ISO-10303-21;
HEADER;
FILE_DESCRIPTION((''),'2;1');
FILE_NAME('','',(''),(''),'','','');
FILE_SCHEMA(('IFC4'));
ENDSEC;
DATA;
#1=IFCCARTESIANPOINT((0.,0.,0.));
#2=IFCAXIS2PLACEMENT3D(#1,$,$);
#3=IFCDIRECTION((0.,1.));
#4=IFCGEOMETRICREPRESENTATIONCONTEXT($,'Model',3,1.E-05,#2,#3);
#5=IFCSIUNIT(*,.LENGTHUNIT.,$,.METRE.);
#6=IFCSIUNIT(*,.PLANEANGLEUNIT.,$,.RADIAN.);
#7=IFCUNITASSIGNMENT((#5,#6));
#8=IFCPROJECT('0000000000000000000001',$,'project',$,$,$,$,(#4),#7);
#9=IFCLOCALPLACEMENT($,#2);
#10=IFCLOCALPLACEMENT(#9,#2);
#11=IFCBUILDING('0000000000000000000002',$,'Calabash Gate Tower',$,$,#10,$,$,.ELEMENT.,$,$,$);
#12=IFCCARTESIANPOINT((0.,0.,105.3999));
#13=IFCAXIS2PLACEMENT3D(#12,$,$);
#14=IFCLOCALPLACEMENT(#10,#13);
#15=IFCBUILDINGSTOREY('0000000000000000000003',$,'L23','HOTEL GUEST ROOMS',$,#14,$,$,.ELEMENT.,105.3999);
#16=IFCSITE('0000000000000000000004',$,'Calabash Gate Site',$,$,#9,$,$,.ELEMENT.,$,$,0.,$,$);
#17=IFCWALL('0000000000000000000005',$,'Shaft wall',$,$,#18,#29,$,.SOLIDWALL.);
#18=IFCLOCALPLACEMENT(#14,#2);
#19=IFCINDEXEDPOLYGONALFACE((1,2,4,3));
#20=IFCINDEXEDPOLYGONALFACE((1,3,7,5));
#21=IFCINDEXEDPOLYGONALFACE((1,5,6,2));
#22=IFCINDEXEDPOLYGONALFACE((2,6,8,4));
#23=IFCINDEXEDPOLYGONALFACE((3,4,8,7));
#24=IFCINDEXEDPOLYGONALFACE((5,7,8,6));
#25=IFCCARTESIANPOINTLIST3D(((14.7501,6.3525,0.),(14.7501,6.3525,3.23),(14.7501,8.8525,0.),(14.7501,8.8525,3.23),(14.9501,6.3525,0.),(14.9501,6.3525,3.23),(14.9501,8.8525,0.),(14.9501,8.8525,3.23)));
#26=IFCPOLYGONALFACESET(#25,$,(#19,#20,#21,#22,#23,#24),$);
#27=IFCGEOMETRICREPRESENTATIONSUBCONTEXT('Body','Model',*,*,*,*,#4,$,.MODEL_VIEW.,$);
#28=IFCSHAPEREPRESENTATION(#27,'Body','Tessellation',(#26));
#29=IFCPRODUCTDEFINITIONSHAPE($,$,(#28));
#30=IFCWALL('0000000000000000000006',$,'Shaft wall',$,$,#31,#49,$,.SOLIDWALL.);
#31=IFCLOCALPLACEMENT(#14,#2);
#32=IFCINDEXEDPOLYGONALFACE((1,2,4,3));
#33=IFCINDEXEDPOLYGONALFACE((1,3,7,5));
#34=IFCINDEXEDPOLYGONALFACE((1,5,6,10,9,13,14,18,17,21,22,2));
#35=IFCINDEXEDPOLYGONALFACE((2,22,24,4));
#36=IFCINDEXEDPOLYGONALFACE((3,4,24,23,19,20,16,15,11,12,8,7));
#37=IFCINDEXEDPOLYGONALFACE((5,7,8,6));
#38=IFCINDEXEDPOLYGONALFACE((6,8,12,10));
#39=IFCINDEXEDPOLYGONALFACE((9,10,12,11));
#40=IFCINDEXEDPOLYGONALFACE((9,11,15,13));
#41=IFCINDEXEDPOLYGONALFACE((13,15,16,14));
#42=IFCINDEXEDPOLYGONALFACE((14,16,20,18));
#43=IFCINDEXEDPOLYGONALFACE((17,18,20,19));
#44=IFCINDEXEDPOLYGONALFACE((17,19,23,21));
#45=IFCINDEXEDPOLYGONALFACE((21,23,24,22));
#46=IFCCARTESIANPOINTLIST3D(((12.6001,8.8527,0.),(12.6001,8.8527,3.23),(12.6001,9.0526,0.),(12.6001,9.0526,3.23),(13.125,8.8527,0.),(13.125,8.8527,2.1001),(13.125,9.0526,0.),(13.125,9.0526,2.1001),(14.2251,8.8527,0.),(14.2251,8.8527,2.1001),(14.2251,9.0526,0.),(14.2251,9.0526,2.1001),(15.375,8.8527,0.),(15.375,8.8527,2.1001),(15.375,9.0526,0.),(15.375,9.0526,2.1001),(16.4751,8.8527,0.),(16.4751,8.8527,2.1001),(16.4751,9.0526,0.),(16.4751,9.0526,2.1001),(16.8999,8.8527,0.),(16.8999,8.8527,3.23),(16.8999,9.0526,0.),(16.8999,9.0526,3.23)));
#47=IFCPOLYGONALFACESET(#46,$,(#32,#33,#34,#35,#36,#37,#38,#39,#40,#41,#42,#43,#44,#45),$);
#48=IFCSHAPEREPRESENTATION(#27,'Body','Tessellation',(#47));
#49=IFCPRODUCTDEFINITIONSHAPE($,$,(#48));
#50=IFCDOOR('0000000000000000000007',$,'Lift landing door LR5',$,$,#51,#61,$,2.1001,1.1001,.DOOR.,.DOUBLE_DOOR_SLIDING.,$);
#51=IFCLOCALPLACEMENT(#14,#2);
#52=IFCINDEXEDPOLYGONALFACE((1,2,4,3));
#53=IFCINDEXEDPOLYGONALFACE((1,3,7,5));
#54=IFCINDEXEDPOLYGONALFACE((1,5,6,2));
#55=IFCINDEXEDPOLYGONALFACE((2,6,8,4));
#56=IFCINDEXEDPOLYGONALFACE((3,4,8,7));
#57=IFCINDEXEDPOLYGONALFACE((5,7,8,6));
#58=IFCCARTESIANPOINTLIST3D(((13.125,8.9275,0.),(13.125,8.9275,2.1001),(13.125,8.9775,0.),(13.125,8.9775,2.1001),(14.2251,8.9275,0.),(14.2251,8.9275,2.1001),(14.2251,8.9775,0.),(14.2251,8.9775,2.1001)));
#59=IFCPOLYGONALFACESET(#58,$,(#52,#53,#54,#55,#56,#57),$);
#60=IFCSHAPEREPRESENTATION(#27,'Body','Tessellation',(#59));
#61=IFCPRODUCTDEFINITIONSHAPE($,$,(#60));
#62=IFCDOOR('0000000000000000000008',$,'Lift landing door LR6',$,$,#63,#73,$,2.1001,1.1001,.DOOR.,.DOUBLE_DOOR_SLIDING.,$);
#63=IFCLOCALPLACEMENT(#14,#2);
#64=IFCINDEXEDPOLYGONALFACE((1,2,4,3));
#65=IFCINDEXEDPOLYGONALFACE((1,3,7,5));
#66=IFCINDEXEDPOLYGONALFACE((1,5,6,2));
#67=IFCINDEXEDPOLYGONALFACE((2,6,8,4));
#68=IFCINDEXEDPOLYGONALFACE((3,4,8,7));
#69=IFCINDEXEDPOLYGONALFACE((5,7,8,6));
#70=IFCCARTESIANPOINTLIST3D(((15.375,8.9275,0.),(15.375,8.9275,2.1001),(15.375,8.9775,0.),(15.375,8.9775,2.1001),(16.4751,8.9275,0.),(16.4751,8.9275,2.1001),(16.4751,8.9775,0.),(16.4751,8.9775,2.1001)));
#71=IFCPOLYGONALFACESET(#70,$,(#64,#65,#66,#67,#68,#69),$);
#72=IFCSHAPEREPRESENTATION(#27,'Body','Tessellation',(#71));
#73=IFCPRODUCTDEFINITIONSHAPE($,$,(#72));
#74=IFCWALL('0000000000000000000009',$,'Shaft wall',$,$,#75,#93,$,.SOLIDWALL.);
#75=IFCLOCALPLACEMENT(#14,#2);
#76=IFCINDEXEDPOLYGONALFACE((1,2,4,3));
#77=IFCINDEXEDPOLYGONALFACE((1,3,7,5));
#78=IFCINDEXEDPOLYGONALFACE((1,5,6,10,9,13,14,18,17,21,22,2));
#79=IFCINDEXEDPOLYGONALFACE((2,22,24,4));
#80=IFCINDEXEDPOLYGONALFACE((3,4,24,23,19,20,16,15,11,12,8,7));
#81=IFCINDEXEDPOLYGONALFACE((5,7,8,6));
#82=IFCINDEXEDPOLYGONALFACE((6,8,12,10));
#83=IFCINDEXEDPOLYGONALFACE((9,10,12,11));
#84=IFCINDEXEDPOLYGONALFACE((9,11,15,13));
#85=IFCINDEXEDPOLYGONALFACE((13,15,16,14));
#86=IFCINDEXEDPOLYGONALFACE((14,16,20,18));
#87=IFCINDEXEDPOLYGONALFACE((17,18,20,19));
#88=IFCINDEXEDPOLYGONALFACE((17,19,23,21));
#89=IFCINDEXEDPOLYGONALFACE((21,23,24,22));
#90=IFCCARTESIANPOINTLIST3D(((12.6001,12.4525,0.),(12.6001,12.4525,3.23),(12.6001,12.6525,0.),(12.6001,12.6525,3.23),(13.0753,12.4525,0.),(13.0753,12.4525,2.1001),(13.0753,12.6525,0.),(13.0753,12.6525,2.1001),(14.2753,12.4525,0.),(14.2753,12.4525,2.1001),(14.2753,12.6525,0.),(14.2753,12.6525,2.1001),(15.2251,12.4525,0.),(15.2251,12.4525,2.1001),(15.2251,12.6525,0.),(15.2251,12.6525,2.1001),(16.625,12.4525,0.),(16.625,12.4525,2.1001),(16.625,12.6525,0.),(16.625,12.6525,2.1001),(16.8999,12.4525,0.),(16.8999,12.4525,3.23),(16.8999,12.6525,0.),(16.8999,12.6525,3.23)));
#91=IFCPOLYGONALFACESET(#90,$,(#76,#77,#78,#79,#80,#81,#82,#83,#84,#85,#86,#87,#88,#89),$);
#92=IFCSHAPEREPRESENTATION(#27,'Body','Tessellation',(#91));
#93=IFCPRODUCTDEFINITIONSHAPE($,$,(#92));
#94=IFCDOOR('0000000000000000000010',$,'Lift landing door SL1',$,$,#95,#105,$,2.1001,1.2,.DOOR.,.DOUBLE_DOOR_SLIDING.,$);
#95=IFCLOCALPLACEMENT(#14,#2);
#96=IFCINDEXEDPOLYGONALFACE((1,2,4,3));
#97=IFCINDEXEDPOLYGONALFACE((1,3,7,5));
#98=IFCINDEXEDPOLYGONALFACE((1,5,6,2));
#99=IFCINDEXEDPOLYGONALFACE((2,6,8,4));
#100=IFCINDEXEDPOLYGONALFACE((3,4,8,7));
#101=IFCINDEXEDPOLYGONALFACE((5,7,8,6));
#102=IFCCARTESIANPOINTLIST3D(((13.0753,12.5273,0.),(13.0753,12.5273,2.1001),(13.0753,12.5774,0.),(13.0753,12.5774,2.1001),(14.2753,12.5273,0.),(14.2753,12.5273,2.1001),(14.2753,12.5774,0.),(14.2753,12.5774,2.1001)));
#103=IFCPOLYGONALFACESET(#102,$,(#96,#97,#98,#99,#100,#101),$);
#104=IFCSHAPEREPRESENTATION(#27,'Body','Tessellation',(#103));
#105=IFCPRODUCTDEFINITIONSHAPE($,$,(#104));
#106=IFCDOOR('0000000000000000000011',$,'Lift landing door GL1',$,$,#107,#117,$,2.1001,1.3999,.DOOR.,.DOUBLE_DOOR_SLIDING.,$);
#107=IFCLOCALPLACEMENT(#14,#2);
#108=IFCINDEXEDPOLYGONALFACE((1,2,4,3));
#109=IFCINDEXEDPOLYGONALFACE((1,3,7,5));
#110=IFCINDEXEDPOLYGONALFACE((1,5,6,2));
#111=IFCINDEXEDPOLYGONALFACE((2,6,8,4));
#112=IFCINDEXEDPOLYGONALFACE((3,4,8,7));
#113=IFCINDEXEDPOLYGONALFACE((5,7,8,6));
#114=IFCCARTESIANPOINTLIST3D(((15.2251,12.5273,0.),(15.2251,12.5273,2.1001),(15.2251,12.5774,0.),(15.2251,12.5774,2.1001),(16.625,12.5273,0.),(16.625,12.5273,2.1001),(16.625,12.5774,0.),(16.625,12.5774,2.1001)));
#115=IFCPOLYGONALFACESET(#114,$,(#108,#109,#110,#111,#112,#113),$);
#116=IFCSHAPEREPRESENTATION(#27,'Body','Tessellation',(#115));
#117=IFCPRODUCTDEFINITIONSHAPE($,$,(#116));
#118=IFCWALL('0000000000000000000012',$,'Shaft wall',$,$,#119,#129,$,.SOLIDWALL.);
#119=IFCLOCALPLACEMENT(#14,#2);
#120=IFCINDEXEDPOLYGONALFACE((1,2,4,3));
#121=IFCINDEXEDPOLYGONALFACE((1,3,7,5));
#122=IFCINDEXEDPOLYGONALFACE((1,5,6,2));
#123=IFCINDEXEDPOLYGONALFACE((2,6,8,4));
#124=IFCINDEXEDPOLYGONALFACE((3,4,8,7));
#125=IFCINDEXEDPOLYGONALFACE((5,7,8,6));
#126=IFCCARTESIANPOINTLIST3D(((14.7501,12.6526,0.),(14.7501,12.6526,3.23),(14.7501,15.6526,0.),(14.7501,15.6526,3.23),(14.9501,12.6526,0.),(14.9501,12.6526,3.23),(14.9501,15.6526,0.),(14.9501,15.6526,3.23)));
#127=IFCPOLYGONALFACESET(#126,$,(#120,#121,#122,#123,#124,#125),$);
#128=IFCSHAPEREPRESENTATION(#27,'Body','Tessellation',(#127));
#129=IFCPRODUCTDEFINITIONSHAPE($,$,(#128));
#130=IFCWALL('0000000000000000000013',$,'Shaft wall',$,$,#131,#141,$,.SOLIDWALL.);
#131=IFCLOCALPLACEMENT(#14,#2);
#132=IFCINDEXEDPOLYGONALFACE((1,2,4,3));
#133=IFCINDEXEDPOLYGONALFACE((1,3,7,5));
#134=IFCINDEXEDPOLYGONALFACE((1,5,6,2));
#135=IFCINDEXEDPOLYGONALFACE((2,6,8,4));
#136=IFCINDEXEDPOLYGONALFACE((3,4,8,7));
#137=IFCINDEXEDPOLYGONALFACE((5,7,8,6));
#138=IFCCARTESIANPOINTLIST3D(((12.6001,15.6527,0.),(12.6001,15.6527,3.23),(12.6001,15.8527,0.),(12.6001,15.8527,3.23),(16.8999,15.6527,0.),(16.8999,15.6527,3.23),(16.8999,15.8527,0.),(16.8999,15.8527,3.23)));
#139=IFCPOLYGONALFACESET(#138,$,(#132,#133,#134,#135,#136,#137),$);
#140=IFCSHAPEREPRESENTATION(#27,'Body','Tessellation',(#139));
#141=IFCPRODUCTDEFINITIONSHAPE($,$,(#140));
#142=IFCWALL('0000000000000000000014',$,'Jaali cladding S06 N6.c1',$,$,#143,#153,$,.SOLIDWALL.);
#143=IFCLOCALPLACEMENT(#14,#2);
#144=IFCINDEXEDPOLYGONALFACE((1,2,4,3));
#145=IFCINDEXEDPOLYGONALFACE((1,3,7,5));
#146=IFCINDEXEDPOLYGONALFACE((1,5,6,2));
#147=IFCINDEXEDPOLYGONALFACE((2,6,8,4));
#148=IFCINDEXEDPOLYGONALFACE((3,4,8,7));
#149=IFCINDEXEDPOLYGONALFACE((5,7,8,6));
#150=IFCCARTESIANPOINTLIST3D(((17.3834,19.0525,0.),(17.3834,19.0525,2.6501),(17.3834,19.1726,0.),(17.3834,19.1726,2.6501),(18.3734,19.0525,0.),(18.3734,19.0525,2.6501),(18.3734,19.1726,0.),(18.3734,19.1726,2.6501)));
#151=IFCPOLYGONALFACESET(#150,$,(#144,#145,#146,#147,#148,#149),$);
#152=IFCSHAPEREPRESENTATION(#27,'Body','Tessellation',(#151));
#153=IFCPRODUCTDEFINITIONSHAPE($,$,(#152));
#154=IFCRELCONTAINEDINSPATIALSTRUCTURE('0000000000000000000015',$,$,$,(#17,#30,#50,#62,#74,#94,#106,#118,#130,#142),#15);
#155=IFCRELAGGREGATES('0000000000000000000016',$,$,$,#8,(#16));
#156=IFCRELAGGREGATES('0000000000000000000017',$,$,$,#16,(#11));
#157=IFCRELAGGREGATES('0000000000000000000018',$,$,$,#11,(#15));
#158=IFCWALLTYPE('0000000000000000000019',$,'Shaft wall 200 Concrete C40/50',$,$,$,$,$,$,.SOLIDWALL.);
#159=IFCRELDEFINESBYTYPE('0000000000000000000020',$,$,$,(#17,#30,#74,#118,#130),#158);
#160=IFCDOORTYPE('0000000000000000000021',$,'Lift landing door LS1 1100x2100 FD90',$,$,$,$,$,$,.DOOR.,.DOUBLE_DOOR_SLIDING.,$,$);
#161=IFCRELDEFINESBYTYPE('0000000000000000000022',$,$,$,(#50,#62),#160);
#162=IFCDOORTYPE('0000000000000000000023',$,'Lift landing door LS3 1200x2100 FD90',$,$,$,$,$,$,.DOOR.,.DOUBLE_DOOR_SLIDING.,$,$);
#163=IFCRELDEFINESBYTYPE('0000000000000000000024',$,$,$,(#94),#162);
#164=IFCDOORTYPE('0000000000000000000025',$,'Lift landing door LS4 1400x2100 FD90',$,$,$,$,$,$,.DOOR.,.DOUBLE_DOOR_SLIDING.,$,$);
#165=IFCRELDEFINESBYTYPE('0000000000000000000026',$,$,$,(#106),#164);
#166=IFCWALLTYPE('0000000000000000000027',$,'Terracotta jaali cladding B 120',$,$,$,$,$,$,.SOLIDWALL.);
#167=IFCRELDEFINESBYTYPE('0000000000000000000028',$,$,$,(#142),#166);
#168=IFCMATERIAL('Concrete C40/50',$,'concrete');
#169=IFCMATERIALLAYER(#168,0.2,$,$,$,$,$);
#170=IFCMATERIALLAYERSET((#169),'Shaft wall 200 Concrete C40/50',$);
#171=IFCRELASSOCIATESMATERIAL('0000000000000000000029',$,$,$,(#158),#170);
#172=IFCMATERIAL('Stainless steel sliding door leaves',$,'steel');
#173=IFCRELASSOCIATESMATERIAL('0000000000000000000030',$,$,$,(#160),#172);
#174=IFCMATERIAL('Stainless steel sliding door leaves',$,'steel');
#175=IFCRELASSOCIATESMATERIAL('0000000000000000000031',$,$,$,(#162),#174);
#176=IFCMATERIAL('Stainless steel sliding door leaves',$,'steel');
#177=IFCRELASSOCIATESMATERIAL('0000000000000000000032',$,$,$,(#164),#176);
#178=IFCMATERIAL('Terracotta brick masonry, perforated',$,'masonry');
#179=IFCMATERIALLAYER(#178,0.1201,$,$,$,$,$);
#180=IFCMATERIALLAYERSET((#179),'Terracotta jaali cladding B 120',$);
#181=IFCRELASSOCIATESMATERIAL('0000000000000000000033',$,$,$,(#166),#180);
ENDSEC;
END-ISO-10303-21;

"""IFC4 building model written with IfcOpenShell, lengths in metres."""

from ifc_helpers import new_model, si_unit, direction, frame, frame_2d, origin, place, context, subcontext, project, spatial, rectangle, extrude, material, layer, layer_set, type_object, element, fill, save


model = new_model("IFC4")

# Units and contexts
model_context = context("Model", 3, precision=1e-05, world=origin(), true_north=direction((0.0, 1.0)))
body_context = subcontext(model_context, "Body", "Model", "MODEL_VIEW")
ifc_project = project(units=[si_unit("LENGTHUNIT", "METRE"), si_unit("PLANEANGLEUNIT", "RADIAN")], contexts=[model_context])

# Site, building, storey
site_placement = place(None, origin())
site = spatial("IfcSite", under=ifc_project, at=site_placement, Name="Calabash Gate Site", CompositionType="ELEMENT", RefElevation=0.0)
building_placement = place(site_placement, origin())
building = spatial("IfcBuilding", under=site, at=building_placement, Name="Calabash Gate Tower", CompositionType="ELEMENT")
storey_placement = place(building_placement, frame((0.0, 0.0, 105.3999)))
storey = spatial("IfcBuildingStorey", under=building, at=storey_placement, Name="L23", Description="HOTEL GUEST ROOMS", CompositionType="ELEMENT", Elevation=105.3999)

# Wall
ifc_material_1 = material(Name="Concrete C40/50", Category="concrete")
ifc_layer_1 = layer(ifc_material_1, 0.2)
ifc_layer_set_1 = layer_set([ifc_layer_1], Name="Shaft wall 200 Concrete C40/50")
wall_type_1 = type_object("IfcWallType", Name="Shaft wall 200 Concrete C40/50", PredefinedType="SOLIDWALL", material=ifc_layer_set_1)
wall_1_placement = place(storey_placement, frame((14.8501, 6.3525, 0.0), z_axis=(0.0, 0.0, 1.0), x_axis=(0.0, 1.0, 0.0)))
element("IfcWall", 1, at=wall_1_placement, inside=storey, type_object=wall_type_1, Name="Shaft wall", PredefinedType="SOLIDWALL", context=body_context, shape_type="SweptSolid", body=[
    extrude(rectangle(XDim=2.5, YDim=0.2, at=frame_2d((1.25, 0.0))), origin(), (0.0, 0.0, 1.0), 3.23),
])

# Walls, openings, doors
wall_2_placement = place(storey_placement, frame((12.6001, 8.9526, 0.0), z_axis=(0.0, 0.0, 1.0), x_axis=(1.0, 0.0, 0.0)))
wall_2 = element("IfcWall", 2, at=wall_2_placement, inside=storey, type_object=wall_type_1, Name="Shaft wall", PredefinedType="SOLIDWALL", context=body_context, shape_type="SweptSolid", body=[
    extrude(rectangle(XDim=4.2998, YDim=0.2, at=frame_2d((2.1499, 0.0))), origin(), (0.0, 0.0, 1.0), 3.23),
])
opening_1_placement = place(wall_2_placement, frame((0.5249, 0.0, 0.0)))
opening_1 = element("IfcOpeningElement", 3, at=opening_1_placement, cuts=wall_2, PredefinedType="OPENING", context=body_context, shape_type="SweptSolid", body=[
    extrude(rectangle(XDim=1.1001, YDim=2.1001, at=frame_2d((0.55, 1.05))), frame((0.0, 0.1099, 0.0), z_axis=(0.0, -1.0, 0.0), x_axis=(1.0, 0.0, 0.0)), (0.0, 0.0, 1.0), 0.22),
])
opening_2_placement = place(wall_2_placement, frame((2.7749, 0.0, 0.0)))
opening_2 = element("IfcOpeningElement", 4, at=opening_2_placement, cuts=wall_2, PredefinedType="OPENING", context=body_context, shape_type="SweptSolid", body=[
    extrude(rectangle(XDim=1.1001, YDim=2.1001, at=frame_2d((0.55, 1.05))), frame((0.0, 0.1099, 0.0), z_axis=(0.0, -1.0, 0.0), x_axis=(1.0, 0.0, 0.0)), (0.0, 0.0, 1.0), 0.22),
])
ifc_material_2 = material(Name="Stainless steel sliding door leaves", Category="steel")
door_type_1 = type_object("IfcDoorType", Name="Lift landing door LS1 1100x2100 FD90", OperationType="DOUBLE_DOOR_SLIDING", PredefinedType="DOOR", material=ifc_material_2)
door_1_placement = place(opening_1_placement, origin())
door_1 = element("IfcDoor", 5, at=door_1_placement, inside=storey, type_object=door_type_1, Name="Lift landing door LR5", OperationType="DOUBLE_DOOR_SLIDING", OverallHeight=2.1001, OverallWidth=1.1001, PredefinedType="DOOR", context=body_context, shape_type="SweptSolid", body=[
    extrude(rectangle(XDim=1.1001, YDim=2.1001, at=frame_2d((0.55, 1.05))), frame((0.0, 0.0249, 0.0), z_axis=(0.0, -1.0, 0.0), x_axis=(1.0, 0.0, 0.0)), (0.0, 0.0, 1.0), 0.05),
])
fill(opening_1, door_1)
door_2_placement = place(opening_2_placement, origin())
door_2 = element("IfcDoor", 6, at=door_2_placement, inside=storey, type_object=door_type_1, Name="Lift landing door LR6", OperationType="DOUBLE_DOOR_SLIDING", OverallHeight=2.1001, OverallWidth=1.1001, PredefinedType="DOOR", context=body_context, shape_type="SweptSolid", body=[
    extrude(rectangle(XDim=1.1001, YDim=2.1001, at=frame_2d((0.55, 1.05))), frame((0.0, 0.0249, 0.0), z_axis=(0.0, -1.0, 0.0), x_axis=(1.0, 0.0, 0.0)), (0.0, 0.0, 1.0), 0.05),
])
fill(opening_2, door_2)
wall_3_placement = place(storey_placement, frame((12.6001, 12.5525, 0.0), z_axis=(0.0, 0.0, 1.0), x_axis=(1.0, 0.0, 0.0)))
wall_3 = element("IfcWall", 7, at=wall_3_placement, inside=storey, type_object=wall_type_1, Name="Shaft wall", PredefinedType="SOLIDWALL", context=body_context, shape_type="SweptSolid", body=[
    extrude(rectangle(XDim=4.2998, YDim=0.2, at=frame_2d((2.1499, 0.0))), origin(), (0.0, 0.0, 1.0), 3.23),
])
opening_3_placement = place(wall_3_placement, frame((0.4751, 0.0, 0.0)))
opening_3 = element("IfcOpeningElement", 8, at=opening_3_placement, cuts=wall_3, PredefinedType="OPENING", context=body_context, shape_type="SweptSolid", body=[
    extrude(rectangle(XDim=1.2, YDim=2.1001, at=frame_2d((0.6001, 1.05))), frame((0.0, 0.1099, 0.0), z_axis=(0.0, -1.0, 0.0), x_axis=(1.0, 0.0, 0.0)), (0.0, 0.0, 1.0), 0.22),
])
opening_4_placement = place(wall_3_placement, frame((2.625, 0.0, 0.0)))
opening_4 = element("IfcOpeningElement", 9, at=opening_4_placement, cuts=wall_3, PredefinedType="OPENING", context=body_context, shape_type="SweptSolid", body=[
    extrude(rectangle(XDim=1.3999, YDim=2.1001, at=frame_2d((0.7, 1.05))), frame((0.0, 0.1099, 0.0), z_axis=(0.0, -1.0, 0.0), x_axis=(1.0, 0.0, 0.0)), (0.0, 0.0, 1.0), 0.22),
])
ifc_material_3 = material(Name="Stainless steel sliding door leaves", Category="steel")
door_type_2 = type_object("IfcDoorType", Name="Lift landing door LS3 1200x2100 FD90", OperationType="DOUBLE_DOOR_SLIDING", PredefinedType="DOOR", material=ifc_material_3)
door_3_placement = place(opening_3_placement, origin())
door_3 = element("IfcDoor", 10, at=door_3_placement, inside=storey, type_object=door_type_2, Name="Lift landing door SL1", OperationType="DOUBLE_DOOR_SLIDING", OverallHeight=2.1001, OverallWidth=1.2, PredefinedType="DOOR", context=body_context, shape_type="SweptSolid", body=[
    extrude(rectangle(XDim=1.2, YDim=2.1001, at=frame_2d((0.6001, 1.05))), frame((0.0, 0.0249, 0.0), z_axis=(0.0, -1.0, 0.0), x_axis=(1.0, 0.0, 0.0)), (0.0, 0.0, 1.0), 0.05),
])
fill(opening_3, door_3)
ifc_material_4 = material(Name="Stainless steel sliding door leaves", Category="steel")
door_type_3 = type_object("IfcDoorType", Name="Lift landing door LS4 1400x2100 FD90", OperationType="DOUBLE_DOOR_SLIDING", PredefinedType="DOOR", material=ifc_material_4)
door_4_placement = place(opening_4_placement, origin())
door_4 = element("IfcDoor", 11, at=door_4_placement, inside=storey, type_object=door_type_3, Name="Lift landing door GL1", OperationType="DOUBLE_DOOR_SLIDING", OverallHeight=2.1001, OverallWidth=1.3999, PredefinedType="DOOR", context=body_context, shape_type="SweptSolid", body=[
    extrude(rectangle(XDim=1.3999, YDim=2.1001, at=frame_2d((0.7, 1.05))), frame((0.0, 0.0249, 0.0), z_axis=(0.0, -1.0, 0.0), x_axis=(1.0, 0.0, 0.0)), (0.0, 0.0, 1.0), 0.05),
])
fill(opening_4, door_4)

# Walls
wall_4_placement = place(storey_placement, frame((14.8501, 12.6526, 0.0), z_axis=(0.0, 0.0, 1.0), x_axis=(0.0, 1.0, 0.0)))
element("IfcWall", 12, at=wall_4_placement, inside=storey, type_object=wall_type_1, Name="Shaft wall", PredefinedType="SOLIDWALL", context=body_context, shape_type="SweptSolid", body=[
    extrude(rectangle(XDim=3.0, YDim=0.2, at=frame_2d((1.5, 0.0))), origin(), (0.0, 0.0, 1.0), 3.23),
])
wall_5_placement = place(storey_placement, frame((12.6001, 15.7527, 0.0), z_axis=(0.0, 0.0, 1.0), x_axis=(1.0, 0.0, 0.0)))
element("IfcWall", 13, at=wall_5_placement, inside=storey, type_object=wall_type_1, Name="Shaft wall", PredefinedType="SOLIDWALL", context=body_context, shape_type="SweptSolid", body=[
    extrude(rectangle(XDim=4.2998, YDim=0.2, at=frame_2d((2.1499, 0.0))), origin(), (0.0, 0.0, 1.0), 3.23),
])
ifc_material_5 = material(Name="Terracotta brick masonry, perforated", Category="masonry")
ifc_layer_2 = layer(ifc_material_5, 0.1201)
ifc_layer_set_2 = layer_set([ifc_layer_2], Name="Terracotta jaali cladding B 120")
wall_type_2 = type_object("IfcWallType", Name="Terracotta jaali cladding B 120", PredefinedType="SOLIDWALL", material=ifc_layer_set_2)
wall_6_placement = place(storey_placement, frame((17.3833, 19.1125, 0.0), z_axis=(0.0, 0.0, 1.0), x_axis=(1.0, 0.0, 0.0)))
element("IfcWall", 14, at=wall_6_placement, inside=storey, type_object=wall_type_2, Name="Jaali cladding S06 N6.c1", PredefinedType="SOLIDWALL", context=body_context, shape_type="SweptSolid", body=[
    extrude(rectangle(XDim=0.99, YDim=0.1201, at=frame_2d((0.4951, 0.0))), origin(), (0.0, 0.0, 1.0), 2.6501),
])

save(model, "model.ifc")
